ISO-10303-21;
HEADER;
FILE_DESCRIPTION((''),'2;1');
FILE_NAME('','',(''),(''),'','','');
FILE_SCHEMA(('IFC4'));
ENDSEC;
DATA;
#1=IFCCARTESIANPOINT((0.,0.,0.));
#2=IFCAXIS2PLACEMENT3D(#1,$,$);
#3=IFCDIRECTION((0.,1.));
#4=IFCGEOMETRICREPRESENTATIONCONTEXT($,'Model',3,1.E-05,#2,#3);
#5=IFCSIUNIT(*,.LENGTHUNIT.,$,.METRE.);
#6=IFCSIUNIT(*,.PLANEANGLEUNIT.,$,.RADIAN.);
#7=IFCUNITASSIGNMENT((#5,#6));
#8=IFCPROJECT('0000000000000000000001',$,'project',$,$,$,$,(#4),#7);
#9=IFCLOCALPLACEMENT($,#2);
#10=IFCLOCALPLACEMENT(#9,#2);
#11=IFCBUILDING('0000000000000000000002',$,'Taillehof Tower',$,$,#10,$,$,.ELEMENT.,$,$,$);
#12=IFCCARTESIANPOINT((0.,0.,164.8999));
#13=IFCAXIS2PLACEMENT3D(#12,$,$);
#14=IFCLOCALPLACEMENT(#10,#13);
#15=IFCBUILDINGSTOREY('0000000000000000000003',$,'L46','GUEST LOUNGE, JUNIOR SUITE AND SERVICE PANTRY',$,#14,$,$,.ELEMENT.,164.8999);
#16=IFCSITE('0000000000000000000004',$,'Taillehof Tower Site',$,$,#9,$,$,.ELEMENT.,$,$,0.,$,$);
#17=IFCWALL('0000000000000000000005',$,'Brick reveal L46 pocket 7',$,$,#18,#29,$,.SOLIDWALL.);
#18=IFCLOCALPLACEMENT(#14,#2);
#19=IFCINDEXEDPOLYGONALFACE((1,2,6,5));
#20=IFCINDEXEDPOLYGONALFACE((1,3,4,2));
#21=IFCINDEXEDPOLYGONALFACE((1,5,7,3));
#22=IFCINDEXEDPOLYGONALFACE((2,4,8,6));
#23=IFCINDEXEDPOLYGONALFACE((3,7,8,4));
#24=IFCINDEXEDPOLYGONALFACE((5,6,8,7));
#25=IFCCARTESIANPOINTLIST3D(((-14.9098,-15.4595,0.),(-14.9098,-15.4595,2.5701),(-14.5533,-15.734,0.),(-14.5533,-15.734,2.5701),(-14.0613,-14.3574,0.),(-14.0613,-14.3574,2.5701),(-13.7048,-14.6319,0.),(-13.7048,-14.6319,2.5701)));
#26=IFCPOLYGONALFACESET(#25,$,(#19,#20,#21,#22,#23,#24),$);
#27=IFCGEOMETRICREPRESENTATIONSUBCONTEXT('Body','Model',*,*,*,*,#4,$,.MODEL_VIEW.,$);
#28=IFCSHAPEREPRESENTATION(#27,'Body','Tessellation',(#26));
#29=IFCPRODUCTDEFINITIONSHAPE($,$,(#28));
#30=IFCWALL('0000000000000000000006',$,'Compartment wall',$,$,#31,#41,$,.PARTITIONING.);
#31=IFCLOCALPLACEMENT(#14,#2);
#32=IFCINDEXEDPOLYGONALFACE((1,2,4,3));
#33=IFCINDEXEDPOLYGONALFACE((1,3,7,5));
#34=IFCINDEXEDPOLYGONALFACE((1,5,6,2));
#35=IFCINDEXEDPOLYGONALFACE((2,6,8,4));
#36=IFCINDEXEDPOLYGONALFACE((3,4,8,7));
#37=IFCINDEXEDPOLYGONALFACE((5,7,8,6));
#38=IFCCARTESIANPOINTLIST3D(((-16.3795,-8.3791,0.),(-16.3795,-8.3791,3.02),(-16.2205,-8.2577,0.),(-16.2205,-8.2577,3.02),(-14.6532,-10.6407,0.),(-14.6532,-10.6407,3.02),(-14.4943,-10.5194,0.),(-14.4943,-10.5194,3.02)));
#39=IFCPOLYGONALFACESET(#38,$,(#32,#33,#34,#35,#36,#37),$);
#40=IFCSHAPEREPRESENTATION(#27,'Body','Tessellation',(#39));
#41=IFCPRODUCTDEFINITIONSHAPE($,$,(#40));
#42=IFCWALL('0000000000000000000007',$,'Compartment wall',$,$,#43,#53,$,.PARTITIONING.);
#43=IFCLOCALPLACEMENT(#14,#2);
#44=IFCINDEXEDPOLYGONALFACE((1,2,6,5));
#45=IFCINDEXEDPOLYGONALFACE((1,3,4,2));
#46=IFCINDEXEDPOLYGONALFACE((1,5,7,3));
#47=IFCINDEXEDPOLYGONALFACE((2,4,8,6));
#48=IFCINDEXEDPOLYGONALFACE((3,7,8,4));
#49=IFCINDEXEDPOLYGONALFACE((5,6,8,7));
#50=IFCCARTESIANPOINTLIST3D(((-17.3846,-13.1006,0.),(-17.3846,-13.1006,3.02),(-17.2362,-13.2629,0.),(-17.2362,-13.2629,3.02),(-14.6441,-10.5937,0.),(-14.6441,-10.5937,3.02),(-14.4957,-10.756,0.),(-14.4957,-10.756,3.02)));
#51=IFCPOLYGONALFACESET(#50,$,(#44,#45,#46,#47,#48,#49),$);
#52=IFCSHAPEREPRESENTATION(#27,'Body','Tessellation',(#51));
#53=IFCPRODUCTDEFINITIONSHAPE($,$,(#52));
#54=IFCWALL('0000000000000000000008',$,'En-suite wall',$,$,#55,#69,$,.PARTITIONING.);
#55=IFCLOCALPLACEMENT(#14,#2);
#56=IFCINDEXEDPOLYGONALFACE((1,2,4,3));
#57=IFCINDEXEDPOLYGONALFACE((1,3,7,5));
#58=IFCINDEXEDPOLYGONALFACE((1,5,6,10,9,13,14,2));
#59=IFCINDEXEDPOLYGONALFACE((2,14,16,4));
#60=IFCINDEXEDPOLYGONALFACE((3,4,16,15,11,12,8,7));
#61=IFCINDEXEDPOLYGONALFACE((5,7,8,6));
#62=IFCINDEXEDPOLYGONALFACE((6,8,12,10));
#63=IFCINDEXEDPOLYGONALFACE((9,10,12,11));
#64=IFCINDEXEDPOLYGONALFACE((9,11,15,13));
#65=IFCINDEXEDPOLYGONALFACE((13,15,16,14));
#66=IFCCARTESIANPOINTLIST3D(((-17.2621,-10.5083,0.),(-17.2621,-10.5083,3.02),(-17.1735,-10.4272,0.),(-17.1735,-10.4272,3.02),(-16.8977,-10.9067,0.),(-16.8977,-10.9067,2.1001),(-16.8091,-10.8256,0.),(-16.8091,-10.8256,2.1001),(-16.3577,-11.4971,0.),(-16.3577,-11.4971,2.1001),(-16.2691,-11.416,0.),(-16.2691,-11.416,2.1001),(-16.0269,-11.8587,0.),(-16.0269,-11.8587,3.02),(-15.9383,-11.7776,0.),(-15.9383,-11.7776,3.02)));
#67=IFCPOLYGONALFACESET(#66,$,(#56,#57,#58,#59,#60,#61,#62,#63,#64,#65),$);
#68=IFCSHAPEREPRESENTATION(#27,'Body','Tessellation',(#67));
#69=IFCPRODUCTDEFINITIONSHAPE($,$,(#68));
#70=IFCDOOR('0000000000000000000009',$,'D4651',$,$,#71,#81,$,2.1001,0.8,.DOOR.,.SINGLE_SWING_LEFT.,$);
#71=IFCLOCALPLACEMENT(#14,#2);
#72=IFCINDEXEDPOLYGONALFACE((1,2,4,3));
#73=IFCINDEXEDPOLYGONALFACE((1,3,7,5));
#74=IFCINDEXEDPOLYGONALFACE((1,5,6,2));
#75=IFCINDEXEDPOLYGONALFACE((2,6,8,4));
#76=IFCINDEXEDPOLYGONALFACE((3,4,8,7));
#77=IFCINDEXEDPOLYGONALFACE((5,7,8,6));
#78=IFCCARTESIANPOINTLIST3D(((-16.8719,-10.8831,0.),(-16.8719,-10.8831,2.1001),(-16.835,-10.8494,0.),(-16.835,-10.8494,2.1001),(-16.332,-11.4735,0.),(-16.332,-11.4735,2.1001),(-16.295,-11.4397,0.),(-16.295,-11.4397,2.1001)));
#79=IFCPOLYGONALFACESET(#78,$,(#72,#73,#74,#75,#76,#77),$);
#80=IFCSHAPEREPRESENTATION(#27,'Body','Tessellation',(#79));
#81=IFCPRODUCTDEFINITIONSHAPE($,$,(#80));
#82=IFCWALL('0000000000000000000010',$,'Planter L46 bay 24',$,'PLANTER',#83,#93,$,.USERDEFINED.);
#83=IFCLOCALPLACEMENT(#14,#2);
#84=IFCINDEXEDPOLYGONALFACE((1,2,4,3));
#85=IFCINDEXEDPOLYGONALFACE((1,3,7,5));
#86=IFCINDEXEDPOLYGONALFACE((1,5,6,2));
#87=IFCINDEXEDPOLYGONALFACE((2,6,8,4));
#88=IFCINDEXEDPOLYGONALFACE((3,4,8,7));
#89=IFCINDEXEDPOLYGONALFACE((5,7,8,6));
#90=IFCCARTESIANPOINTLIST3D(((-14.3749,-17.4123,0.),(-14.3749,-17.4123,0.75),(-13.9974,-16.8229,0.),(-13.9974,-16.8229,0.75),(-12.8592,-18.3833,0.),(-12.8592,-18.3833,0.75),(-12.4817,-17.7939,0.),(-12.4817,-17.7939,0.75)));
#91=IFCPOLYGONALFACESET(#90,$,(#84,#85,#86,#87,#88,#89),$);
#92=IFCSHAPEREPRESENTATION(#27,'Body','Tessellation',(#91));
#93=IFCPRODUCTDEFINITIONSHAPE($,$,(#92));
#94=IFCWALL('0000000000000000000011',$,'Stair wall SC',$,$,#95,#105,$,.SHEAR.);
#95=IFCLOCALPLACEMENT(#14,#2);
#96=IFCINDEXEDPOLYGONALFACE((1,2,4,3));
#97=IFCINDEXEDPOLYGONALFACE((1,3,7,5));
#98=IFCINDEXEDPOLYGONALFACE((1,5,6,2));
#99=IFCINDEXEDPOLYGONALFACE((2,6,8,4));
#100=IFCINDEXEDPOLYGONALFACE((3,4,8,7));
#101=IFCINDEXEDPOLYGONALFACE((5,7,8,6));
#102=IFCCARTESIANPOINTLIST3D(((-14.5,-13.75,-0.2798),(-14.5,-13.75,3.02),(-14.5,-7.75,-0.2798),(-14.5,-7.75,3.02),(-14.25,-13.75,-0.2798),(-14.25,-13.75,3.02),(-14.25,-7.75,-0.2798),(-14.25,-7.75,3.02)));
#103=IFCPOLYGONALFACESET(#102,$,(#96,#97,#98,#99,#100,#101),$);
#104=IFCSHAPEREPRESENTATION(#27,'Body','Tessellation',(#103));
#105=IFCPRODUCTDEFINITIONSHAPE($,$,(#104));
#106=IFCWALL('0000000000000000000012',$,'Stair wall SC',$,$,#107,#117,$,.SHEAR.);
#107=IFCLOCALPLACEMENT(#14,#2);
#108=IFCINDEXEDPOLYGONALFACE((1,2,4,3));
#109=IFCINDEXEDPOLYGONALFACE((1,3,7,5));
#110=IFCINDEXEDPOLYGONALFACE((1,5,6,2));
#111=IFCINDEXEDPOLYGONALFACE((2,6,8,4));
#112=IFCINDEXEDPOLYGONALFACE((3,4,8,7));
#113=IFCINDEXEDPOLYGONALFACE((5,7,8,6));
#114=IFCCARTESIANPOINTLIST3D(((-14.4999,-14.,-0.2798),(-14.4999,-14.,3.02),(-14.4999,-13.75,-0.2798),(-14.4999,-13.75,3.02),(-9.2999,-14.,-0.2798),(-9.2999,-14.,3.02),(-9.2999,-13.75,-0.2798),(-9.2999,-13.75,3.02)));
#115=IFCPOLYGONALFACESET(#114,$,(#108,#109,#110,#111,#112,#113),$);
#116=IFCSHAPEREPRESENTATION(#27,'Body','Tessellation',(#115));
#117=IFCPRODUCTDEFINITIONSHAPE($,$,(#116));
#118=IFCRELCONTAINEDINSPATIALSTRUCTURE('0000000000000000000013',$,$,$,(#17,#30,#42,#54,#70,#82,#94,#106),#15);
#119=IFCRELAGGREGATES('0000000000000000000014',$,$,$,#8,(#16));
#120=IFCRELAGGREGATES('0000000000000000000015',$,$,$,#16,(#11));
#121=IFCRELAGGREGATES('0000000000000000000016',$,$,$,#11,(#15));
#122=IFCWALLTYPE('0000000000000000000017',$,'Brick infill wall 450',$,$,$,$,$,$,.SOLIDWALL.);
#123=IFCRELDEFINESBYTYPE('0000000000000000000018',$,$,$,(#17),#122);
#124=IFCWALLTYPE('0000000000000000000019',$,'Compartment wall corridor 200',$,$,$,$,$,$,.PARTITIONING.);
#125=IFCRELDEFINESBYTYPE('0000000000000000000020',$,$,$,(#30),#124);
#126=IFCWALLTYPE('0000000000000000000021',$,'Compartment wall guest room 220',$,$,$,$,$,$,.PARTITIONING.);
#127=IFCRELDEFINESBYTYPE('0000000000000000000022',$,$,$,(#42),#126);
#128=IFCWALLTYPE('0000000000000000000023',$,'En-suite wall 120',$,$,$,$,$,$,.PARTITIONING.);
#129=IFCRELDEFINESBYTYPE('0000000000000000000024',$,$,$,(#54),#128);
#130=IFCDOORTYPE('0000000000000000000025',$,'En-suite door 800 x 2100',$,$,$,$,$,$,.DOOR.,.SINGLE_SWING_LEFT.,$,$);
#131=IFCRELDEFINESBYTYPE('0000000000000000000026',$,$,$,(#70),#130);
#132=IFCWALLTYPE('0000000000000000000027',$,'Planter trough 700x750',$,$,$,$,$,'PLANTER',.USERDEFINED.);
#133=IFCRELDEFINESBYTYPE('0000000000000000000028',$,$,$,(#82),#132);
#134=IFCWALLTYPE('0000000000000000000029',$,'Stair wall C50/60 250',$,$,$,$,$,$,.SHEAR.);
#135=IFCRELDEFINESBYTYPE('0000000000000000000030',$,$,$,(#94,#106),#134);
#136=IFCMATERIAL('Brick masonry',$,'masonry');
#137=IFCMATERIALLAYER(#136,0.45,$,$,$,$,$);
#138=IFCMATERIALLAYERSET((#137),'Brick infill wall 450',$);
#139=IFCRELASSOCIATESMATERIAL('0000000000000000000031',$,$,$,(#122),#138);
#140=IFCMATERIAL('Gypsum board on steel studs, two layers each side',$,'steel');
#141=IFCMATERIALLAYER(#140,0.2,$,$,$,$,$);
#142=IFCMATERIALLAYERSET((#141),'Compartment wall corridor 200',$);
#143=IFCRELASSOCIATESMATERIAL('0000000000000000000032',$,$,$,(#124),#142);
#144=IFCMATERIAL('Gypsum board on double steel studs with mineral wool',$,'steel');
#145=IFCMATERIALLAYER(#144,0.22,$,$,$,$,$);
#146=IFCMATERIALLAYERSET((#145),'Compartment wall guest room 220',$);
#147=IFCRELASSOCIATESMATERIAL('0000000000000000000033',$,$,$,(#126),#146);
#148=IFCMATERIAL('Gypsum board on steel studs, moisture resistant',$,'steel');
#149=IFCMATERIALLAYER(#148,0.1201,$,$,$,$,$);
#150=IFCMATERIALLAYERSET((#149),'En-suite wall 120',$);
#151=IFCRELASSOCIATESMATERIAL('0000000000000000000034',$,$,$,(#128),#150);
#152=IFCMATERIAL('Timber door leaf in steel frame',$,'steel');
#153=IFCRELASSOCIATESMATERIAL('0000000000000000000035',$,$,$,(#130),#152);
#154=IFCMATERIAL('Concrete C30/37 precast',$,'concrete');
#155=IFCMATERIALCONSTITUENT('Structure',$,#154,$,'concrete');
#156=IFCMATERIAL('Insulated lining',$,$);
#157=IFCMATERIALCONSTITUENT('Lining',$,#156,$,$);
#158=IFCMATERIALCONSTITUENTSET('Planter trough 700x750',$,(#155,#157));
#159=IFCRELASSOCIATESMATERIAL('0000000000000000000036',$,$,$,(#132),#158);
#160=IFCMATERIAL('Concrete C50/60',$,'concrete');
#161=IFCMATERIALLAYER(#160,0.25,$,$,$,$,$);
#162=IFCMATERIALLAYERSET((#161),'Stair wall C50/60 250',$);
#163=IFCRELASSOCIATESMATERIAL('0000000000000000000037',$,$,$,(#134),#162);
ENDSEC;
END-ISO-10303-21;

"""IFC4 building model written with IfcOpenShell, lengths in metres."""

from ifc_helpers import new_model, si_unit, direction, frame, frame_2d, origin, place, context, subcontext, project, spatial, rectangle, extrude, material, layer, layer_set, constituent, constituent_set, type_object, element, fill, save


model = new_model("IFC4")

# Units and contexts
model_context = context("Model", 3, precision=1e-05, world=origin(), true_north=direction((0.0, 1.0)))
body_context = subcontext(model_context, "Body", "Model", "MODEL_VIEW")
ifc_project = project(units=[si_unit("LENGTHUNIT", "METRE"), si_unit("PLANEANGLEUNIT", "RADIAN")], contexts=[model_context])

# Site, building, storey
site_placement = place(None, origin())
site = spatial("IfcSite", under=ifc_project, at=site_placement, Name="Taillehof Tower Site", CompositionType="ELEMENT", RefElevation=0.0)
building_placement = place(site_placement, origin())
building = spatial("IfcBuilding", under=site, at=building_placement, Name="Taillehof Tower", CompositionType="ELEMENT")
storey_placement = place(building_placement, frame((0.0, 0.0, 164.8999)))
storey = spatial("IfcBuildingStorey", under=building, at=storey_placement, Name="L46", Description="GUEST LOUNGE, JUNIOR SUITE AND SERVICE PANTRY", CompositionType="ELEMENT", Elevation=164.8999)

# Shared definitions
ifc_material_1 = material(Name="Brick masonry", Category="masonry")
ifc_layer_1 = layer(ifc_material_1, 0.45)
ifc_layer_set_1 = layer_set([ifc_layer_1], Name="Brick infill wall 450")
wall_type_1 = type_object("IfcWallType", Name="Brick infill wall 450", PredefinedType="SOLIDWALL", material=ifc_layer_set_1)

# Wall
wall_1_placement = place(storey_placement, frame((-14.7314, -15.5967, 0.0), z_axis=(0.0, 0.0, 1.0), x_axis=(0.610008, 0.792396, 0.0)))
element("IfcWall", 1, at=wall_1_placement, inside=storey, type_object=wall_type_1, Name="Brick reveal L46 pocket 7", PredefinedType="SOLIDWALL", context=body_context, shape_type="SweptSolid", body=[
    extrude(rectangle(XDim=1.3909, YDim=0.45, at=frame_2d((0.6953, 0.0))), origin(), (0.0, 0.0, 1.0), 2.5701),
])

# Walls
ifc_material_2 = material(Name="Gypsum board on steel studs, two layers each side", Category="steel")
ifc_layer_2 = layer(ifc_material_2, 0.2)
ifc_layer_set_2 = layer_set([ifc_layer_2], Name="Compartment wall corridor 200")
wall_type_2 = type_object("IfcWallType", Name="Compartment wall corridor 200", PredefinedType="PARTITIONING", material=ifc_layer_set_2)
wall_2_placement = place(storey_placement, frame((-14.5737, -10.5801, 0.0), z_axis=(0.0, 0.0, 1.0), x_axis=(-0.606733, 0.794906, 0.0)))
element("IfcWall", 2, at=wall_2_placement, inside=storey, type_object=wall_type_2, Name="Compartment wall", PredefinedType="PARTITIONING", context=body_context, shape_type="SweptSolid", body=[
    extrude(rectangle(XDim=2.8452, YDim=0.2, at=frame_2d((1.4226, 0.0))), origin(), (0.0, 0.0, 1.0), 3.02),
])
ifc_material_3 = material(Name="Gypsum board on double steel studs with mineral wool", Category="steel")
ifc_layer_3 = layer(ifc_material_3, 0.22)
ifc_layer_set_3 = layer_set([ifc_layer_3], Name="Compartment wall guest room 220")
wall_type_3 = type_object("IfcWallType", Name="Compartment wall guest room 220", PredefinedType="PARTITIONING", material=ifc_layer_set_3)
wall_3_placement = place(storey_placement, frame((-17.3103, -13.1816, 0.0), z_axis=(0.0, 0.0, 1.0), x_axis=(0.73786, 0.674953, 0.0)))
element("IfcWall", 3, at=wall_3_placement, inside=storey, type_object=wall_type_3, Name="Compartment wall", PredefinedType="PARTITIONING", context=body_context, shape_type="SweptSolid", body=[
    extrude(rectangle(XDim=3.7141, YDim=0.22, at=frame_2d((1.8569, 0.0))), origin(), (0.0, 0.0, 1.0), 3.02),
])

# Wall, opening, door
ifc_material_4 = material(Name="Gypsum board on steel studs, moisture resistant", Category="steel")
ifc_layer_4 = layer(ifc_material_4, 0.1201)
ifc_layer_set_4 = layer_set([ifc_layer_4], Name="En-suite wall 120")
wall_type_4 = type_object("IfcWallType", Name="En-suite wall 120", PredefinedType="PARTITIONING", material=ifc_layer_set_4)
wall_4_placement = place(storey_placement, frame((-17.2178, -10.4678, 0.0), z_axis=(0.0, 0.0, 1.0), x_axis=(0.674921, -0.73789, 0.0)))
wall_4 = element("IfcWall", 4, at=wall_4_placement, inside=storey, type_object=wall_type_4, Name="En-suite wall", PredefinedType="PARTITIONING", context=body_context, shape_type="SweptSolid", body=[
    extrude(rectangle(XDim=1.8301, YDim=0.1201, at=frame_2d((0.915, 0.0))), origin(), (0.0, 0.0, 1.0), 3.02),
])
opening_1_placement = place(wall_4_placement, frame((0.54, 0.0, 0.0)))
opening_1 = element("IfcOpeningElement", 5, at=opening_1_placement, cuts=wall_4, PredefinedType="OPENING", context=body_context, shape_type="SweptSolid", body=[
    extrude(rectangle(XDim=0.8, YDim=2.1001, at=frame_2d((0.3999, 1.05))), frame((0.0, 0.0701, 0.0), z_axis=(0.0, -1.0, 0.0), x_axis=(1.0, 0.0, 0.0)), (0.0, 0.0, 1.0), 0.1401),
])
ifc_material_5 = material(Name="Timber door leaf in steel frame", Category="steel")
door_type_1 = type_object("IfcDoorType", Name="En-suite door 800 x 2100", OperationType="SINGLE_SWING_LEFT", PredefinedType="DOOR", material=ifc_material_5)
door_1_placement = place(opening_1_placement, origin())
door_1 = element("IfcDoor", 6, at=door_1_placement, inside=storey, type_object=door_type_1, Name="D4651", OperationType="SINGLE_SWING_LEFT", OverallHeight=2.1001, OverallWidth=0.8, PredefinedType="DOOR", context=body_context, shape_type="SweptSolid", body=[
    extrude(rectangle(XDim=0.8, YDim=2.1001, at=frame_2d((0.3999, 1.05))), frame((0.0, 0.0249, 0.0), z_axis=(0.0, -1.0, 0.0), x_axis=(1.0, 0.0, 0.0)), (0.0, 0.0, 1.0), 0.05),
])
fill(opening_1, door_1)

# Walls
ifc_material_6 = material(Name="Concrete C30/37 precast", Category="concrete")
ifc_constituent_1 = constituent(ifc_material_6, Name="Structure", Category="concrete")
ifc_material_7 = material(Name="Insulated lining")
ifc_constituent_2 = constituent(ifc_material_7, Name="Lining")
ifc_constituent_set = constituent_set(constituents=[ifc_constituent_1, ifc_constituent_2], Name="Planter trough 700x750")
wall_type_5 = type_object("IfcWallType", Name="Planter trough 700x750", ElementType="PLANTER", PredefinedType="USERDEFINED", material=ifc_constituent_set)
wall_5_placement = place(storey_placement, frame((-14.186, -17.1177, 0.0), z_axis=(0.0, 0.0, 1.0), x_axis=(0.842032, -0.539427, 0.0)))
element("IfcWall", 7, at=wall_5_placement, inside=storey, type_object=wall_type_5, Name="Planter L46 bay 24", ObjectType="PLANTER", PredefinedType="USERDEFINED", context=body_context, shape_type="SweptSolid", body=[
    extrude(rectangle(XDim=1.8, YDim=0.7, at=frame_2d((0.8999, 0.0))), origin(), (0.0, 0.0, 1.0), 0.75),
])
ifc_material_8 = material(Name="Concrete C50/60", Category="concrete")
ifc_layer_5 = layer(ifc_material_8, 0.25)
ifc_layer_set_5 = layer_set([ifc_layer_5], Name="Stair wall C50/60 250")
wall_type_6 = type_object("IfcWallType", Name="Stair wall C50/60 250", PredefinedType="SHEAR", material=ifc_layer_set_5)
wall_6_placement = place(storey_placement, frame((-14.375, -13.75, -0.2798), z_axis=(0.0, 0.0, 1.0), x_axis=(0.0, 1.0, 0.0)))
element("IfcWall", 8, at=wall_6_placement, inside=storey, type_object=wall_type_6, Name="Stair wall SC", PredefinedType="SHEAR", context=body_context, shape_type="SweptSolid", body=[
    extrude(rectangle(XDim=6.0, YDim=0.25, at=frame_2d((3.0, 0.0))), origin(), (0.0, 0.0, 1.0), 3.2998),
])
wall_7_placement = place(storey_placement, frame((-14.5, -13.875, -0.2798), z_axis=(0.0, 0.0, 1.0), x_axis=(1.0, 0.0, 0.0)))
element("IfcWall", 9, at=wall_7_placement, inside=storey, type_object=wall_type_6, Name="Stair wall SC", PredefinedType="SHEAR", context=body_context, shape_type="SweptSolid", body=[
    extrude(rectangle(XDim=5.2, YDim=0.25, at=frame_2d((2.6001, 0.0))), origin(), (0.0, 0.0, 1.0), 3.2998),
])

save(model, "model.ifc")
